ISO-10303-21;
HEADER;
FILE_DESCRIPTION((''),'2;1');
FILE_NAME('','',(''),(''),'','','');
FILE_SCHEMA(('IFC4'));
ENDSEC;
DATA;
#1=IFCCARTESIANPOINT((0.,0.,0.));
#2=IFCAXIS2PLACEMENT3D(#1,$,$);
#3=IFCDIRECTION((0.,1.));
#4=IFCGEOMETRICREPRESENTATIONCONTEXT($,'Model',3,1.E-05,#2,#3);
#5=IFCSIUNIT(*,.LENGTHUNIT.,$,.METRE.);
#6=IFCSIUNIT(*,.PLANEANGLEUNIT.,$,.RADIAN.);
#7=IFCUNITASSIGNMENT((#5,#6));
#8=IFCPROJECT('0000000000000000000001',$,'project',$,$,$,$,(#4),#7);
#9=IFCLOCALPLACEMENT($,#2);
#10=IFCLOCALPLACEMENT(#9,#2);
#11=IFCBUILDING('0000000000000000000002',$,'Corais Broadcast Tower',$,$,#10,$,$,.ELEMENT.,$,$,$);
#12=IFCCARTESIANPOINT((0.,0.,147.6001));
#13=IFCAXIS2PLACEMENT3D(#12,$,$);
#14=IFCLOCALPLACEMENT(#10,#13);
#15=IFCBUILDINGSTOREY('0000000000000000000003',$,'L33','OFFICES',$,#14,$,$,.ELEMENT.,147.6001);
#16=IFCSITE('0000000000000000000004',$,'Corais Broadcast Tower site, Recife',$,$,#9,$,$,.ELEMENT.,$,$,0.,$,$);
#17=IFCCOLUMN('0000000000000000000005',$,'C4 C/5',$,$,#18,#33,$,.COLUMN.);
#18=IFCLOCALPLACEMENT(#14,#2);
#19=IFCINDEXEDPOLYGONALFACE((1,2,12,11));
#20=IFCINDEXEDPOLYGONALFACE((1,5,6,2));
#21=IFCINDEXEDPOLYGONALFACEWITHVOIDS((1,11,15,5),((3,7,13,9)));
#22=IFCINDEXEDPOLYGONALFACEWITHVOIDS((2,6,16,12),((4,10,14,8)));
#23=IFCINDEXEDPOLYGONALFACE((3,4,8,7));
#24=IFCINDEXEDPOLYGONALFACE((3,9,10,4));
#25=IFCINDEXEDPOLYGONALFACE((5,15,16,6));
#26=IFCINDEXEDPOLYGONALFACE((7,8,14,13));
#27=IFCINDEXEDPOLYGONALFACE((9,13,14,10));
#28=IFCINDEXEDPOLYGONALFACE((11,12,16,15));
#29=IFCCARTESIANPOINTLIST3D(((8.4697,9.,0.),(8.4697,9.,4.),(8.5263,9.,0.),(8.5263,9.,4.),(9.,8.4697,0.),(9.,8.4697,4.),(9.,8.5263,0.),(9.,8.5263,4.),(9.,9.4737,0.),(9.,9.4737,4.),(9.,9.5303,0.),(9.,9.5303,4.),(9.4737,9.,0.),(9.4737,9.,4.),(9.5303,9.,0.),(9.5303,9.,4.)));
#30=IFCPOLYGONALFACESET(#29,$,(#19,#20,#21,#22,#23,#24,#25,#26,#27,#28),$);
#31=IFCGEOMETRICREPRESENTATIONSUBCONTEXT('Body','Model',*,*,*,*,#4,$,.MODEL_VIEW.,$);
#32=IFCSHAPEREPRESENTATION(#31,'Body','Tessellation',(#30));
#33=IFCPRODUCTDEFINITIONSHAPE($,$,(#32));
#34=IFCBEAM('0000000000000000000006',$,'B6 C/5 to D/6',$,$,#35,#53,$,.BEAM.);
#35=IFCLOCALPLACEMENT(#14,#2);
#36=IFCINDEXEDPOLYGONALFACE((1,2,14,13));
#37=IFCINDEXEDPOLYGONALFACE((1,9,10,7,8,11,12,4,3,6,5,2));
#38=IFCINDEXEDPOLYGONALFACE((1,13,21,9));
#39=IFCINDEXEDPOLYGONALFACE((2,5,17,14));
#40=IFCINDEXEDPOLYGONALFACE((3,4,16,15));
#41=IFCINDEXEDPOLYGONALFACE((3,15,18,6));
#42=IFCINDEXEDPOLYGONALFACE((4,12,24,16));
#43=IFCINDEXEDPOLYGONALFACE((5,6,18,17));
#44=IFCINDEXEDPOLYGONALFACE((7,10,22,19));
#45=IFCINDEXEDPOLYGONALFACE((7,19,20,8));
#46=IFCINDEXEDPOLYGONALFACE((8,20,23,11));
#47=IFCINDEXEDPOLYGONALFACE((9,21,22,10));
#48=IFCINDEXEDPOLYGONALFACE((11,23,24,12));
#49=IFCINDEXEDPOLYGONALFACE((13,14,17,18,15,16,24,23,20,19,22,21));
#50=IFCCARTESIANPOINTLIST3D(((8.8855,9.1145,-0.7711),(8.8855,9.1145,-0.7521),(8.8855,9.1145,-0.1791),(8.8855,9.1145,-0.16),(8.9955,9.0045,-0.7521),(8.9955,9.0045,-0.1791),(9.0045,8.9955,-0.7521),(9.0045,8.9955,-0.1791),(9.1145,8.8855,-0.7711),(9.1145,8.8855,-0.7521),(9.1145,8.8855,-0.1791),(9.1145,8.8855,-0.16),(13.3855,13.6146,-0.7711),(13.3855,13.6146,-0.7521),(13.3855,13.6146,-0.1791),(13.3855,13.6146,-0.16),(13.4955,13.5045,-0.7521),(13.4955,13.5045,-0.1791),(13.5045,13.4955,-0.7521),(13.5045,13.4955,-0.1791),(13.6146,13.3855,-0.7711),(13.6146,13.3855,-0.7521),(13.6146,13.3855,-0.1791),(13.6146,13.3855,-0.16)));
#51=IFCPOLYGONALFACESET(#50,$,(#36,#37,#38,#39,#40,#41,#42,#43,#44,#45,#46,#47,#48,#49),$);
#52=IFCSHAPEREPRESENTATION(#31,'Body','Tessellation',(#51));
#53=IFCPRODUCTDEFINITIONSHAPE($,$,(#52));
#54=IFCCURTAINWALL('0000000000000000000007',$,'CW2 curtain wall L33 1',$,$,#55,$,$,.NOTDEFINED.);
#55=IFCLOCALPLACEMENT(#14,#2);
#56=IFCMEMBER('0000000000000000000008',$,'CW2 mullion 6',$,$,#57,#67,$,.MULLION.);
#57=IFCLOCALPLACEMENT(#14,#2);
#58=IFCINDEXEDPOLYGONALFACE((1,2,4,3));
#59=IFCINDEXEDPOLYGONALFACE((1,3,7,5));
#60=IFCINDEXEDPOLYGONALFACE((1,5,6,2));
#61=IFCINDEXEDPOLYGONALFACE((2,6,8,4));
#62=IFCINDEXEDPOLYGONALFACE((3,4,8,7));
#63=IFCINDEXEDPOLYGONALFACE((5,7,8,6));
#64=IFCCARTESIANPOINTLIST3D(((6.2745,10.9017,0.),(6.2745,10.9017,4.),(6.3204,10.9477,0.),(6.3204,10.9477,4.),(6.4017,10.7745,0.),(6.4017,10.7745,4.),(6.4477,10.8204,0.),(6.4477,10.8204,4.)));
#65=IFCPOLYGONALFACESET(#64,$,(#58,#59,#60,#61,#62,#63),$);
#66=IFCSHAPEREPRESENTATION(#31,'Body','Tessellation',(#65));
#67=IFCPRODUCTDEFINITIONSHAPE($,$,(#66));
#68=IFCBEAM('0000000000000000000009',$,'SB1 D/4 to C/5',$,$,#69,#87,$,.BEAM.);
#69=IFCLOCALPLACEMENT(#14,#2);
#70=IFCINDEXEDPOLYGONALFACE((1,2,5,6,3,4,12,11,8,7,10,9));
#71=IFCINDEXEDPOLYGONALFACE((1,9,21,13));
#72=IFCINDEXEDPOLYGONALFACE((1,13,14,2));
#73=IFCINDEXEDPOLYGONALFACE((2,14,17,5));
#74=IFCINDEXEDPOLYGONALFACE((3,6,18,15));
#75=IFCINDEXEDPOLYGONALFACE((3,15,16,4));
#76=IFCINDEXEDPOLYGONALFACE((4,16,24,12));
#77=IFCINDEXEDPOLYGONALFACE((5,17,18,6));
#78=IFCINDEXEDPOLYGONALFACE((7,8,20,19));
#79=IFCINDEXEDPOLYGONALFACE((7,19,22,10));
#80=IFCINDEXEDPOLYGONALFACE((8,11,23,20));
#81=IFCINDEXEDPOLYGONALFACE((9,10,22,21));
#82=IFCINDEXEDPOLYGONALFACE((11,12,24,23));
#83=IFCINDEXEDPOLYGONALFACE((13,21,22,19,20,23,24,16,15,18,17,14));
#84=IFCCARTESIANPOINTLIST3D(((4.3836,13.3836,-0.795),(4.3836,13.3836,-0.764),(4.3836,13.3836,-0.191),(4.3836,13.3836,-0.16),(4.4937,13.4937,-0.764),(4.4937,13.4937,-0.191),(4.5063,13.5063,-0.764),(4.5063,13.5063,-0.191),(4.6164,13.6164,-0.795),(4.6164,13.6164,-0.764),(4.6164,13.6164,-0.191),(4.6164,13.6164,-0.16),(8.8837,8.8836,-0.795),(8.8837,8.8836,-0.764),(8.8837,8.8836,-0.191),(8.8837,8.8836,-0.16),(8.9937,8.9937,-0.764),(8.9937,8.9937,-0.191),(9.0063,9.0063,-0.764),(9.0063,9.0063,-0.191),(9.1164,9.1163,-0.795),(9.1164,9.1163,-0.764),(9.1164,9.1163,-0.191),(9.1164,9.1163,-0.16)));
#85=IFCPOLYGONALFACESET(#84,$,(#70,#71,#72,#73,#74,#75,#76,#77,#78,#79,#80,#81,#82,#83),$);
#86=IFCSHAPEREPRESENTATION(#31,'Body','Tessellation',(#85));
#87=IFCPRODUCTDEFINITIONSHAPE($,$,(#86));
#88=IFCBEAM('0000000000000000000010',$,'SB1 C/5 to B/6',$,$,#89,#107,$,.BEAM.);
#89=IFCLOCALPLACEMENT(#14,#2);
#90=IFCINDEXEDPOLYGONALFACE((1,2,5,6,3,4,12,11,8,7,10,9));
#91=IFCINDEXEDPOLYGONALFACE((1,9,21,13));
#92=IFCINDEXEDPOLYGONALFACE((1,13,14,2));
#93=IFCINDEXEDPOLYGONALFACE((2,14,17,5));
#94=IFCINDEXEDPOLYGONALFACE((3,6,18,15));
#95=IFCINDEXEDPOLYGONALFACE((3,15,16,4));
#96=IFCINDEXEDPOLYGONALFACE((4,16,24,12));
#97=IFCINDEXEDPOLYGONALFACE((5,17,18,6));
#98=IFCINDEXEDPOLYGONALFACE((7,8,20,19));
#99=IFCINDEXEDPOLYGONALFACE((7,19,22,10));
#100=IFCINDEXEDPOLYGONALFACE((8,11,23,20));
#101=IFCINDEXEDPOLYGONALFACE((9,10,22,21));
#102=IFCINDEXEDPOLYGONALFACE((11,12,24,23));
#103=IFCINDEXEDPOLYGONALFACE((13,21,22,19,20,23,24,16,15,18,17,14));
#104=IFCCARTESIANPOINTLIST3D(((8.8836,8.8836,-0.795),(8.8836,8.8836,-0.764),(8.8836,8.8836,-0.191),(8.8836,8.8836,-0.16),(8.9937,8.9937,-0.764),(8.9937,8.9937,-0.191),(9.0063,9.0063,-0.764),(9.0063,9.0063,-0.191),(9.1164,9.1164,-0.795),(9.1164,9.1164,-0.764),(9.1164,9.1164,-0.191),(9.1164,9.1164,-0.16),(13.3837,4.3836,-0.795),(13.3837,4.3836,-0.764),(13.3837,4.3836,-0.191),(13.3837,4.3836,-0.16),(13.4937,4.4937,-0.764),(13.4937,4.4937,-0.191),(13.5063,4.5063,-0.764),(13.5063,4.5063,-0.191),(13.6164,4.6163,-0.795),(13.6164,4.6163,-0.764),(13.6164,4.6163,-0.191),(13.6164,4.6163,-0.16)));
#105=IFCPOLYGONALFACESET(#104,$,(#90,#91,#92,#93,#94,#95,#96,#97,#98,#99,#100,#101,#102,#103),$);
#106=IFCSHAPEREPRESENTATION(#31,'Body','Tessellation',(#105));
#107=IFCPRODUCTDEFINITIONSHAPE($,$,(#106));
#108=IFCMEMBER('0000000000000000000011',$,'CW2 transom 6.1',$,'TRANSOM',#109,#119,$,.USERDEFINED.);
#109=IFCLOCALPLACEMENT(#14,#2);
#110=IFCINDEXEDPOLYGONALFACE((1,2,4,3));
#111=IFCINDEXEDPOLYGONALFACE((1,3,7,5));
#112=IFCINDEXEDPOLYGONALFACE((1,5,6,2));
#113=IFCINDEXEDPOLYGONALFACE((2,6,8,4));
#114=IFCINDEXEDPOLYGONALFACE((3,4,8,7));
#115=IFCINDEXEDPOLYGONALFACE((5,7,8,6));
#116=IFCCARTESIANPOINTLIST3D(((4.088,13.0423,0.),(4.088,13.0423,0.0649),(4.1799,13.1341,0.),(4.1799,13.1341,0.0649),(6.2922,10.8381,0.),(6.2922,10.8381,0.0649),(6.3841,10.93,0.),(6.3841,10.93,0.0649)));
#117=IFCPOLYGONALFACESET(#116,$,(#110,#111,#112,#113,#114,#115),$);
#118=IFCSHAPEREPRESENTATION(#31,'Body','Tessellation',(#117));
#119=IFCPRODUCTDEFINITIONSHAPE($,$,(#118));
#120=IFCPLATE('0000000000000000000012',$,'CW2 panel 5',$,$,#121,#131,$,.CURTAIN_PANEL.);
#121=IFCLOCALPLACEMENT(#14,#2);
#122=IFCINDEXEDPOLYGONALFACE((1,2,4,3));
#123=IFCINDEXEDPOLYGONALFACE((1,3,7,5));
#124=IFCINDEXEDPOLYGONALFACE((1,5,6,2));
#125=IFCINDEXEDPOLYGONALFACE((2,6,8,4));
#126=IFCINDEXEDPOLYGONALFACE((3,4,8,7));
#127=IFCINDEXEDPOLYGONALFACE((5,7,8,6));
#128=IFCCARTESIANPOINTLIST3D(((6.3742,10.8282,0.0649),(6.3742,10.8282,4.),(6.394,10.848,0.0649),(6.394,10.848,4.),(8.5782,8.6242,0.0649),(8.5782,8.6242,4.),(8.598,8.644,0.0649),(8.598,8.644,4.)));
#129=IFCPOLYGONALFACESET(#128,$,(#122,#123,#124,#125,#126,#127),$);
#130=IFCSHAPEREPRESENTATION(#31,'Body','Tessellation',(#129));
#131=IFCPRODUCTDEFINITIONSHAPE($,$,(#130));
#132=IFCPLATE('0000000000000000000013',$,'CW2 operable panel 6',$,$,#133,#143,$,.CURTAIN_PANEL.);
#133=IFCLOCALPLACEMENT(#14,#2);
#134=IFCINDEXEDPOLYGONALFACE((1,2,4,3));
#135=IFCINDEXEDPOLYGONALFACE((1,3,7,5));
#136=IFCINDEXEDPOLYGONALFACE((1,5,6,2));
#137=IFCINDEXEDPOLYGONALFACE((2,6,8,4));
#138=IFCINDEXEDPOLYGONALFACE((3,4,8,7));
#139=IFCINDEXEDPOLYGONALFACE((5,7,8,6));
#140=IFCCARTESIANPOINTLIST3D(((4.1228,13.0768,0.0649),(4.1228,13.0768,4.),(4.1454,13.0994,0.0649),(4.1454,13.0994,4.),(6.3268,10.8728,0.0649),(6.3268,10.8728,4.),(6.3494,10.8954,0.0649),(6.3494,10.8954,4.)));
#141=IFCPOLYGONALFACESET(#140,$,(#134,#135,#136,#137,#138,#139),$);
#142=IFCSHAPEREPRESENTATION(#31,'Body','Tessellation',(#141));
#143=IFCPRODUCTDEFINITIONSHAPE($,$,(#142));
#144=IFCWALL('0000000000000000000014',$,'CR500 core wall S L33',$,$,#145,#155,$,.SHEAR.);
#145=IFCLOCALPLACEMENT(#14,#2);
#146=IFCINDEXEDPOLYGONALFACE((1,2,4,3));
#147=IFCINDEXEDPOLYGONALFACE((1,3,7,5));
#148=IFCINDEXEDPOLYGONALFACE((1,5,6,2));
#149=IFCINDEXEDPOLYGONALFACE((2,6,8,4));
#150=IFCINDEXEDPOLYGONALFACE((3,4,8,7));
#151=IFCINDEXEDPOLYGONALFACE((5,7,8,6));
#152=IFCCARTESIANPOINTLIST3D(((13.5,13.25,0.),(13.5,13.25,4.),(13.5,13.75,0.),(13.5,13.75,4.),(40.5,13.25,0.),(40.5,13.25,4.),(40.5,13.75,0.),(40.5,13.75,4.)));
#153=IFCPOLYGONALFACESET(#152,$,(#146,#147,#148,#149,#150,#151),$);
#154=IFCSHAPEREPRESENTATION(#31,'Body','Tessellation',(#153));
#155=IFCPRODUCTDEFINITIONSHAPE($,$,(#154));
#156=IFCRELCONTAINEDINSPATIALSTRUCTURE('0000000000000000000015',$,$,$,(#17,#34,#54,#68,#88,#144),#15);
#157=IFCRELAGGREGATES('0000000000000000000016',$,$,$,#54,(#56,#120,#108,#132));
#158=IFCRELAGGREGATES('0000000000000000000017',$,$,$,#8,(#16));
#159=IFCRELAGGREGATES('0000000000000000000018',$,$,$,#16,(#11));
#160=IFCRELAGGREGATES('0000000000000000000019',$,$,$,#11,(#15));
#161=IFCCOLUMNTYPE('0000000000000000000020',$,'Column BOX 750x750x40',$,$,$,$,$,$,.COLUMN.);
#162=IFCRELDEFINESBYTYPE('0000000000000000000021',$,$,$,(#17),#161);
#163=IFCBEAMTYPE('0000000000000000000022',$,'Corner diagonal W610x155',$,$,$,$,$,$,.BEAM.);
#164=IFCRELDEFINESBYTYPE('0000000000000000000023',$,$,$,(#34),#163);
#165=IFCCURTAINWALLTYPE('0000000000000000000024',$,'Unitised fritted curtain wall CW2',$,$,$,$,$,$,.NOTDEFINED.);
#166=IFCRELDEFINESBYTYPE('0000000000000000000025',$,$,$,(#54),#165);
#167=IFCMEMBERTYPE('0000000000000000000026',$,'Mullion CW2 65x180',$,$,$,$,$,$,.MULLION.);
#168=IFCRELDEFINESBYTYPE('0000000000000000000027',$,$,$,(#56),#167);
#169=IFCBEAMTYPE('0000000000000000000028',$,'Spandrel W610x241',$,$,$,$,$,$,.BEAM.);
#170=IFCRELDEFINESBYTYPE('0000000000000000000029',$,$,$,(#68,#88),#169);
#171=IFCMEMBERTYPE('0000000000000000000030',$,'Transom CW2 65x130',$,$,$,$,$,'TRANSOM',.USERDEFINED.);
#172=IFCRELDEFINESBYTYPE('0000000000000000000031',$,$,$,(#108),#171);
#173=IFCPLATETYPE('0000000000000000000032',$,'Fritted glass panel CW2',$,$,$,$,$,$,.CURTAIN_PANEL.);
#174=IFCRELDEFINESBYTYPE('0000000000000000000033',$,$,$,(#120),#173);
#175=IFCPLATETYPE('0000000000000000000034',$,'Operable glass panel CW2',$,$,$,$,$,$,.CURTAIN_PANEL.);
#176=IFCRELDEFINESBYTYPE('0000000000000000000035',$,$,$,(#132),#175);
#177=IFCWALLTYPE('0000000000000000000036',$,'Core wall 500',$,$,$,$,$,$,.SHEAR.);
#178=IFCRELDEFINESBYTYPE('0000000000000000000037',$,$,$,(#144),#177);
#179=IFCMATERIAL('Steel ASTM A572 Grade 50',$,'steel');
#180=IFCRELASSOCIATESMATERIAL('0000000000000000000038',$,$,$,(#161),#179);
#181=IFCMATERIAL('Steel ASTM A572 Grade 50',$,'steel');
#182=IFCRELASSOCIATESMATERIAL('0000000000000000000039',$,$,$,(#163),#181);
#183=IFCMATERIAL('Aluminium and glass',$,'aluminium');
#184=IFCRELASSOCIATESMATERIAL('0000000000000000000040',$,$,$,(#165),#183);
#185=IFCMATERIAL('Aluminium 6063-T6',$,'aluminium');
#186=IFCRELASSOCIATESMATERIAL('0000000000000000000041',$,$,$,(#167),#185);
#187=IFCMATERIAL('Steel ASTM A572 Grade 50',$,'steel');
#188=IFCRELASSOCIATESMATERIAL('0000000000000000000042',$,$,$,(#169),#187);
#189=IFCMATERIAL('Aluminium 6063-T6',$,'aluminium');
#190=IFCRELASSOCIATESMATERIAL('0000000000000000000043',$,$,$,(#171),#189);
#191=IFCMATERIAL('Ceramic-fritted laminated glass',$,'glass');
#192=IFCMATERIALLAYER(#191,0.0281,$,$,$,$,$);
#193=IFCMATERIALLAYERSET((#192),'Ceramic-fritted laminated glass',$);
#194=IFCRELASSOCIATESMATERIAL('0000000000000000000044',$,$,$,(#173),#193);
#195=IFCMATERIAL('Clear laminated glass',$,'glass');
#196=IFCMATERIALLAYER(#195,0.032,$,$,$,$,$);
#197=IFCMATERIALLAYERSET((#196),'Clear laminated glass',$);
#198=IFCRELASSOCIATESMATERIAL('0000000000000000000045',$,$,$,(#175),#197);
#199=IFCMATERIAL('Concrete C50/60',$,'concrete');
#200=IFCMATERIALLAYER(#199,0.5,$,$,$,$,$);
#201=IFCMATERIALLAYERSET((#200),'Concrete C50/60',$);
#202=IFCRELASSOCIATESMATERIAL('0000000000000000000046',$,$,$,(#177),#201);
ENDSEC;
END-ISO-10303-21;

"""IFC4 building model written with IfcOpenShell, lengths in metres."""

from ifc_helpers import new_model, si_unit, direction, frame, frame_2d, origin, origin_2d, place, context, subcontext, project, spatial, rectangle, hollow_rectangle, i_section, extrude, material, layer, layer_set, material_profile, profile_set, type_object, element, aggregate, save


model = new_model("IFC4")

# Units and contexts
model_context = context("Model", 3, precision=1e-05, world=origin(), true_north=direction((0.0, 1.0)))
body_context = subcontext(model_context, "Body", "Model", "MODEL_VIEW")
ifc_project = project(units=[si_unit("LENGTHUNIT", "METRE"), si_unit("PLANEANGLEUNIT", "RADIAN")], contexts=[model_context])

# Site, building, storey
site_placement = place(None, origin())
site = spatial("IfcSite", under=ifc_project, at=site_placement, Name="Corais Broadcast Tower site, Recife", CompositionType="ELEMENT", RefElevation=0.0)
building_placement = place(site_placement, origin())
building = spatial("IfcBuilding", under=site, at=building_placement, Name="Corais Broadcast Tower", CompositionType="ELEMENT")
storey_placement = place(building_placement, frame((0.0, 0.0, 147.6001)))
storey = spatial("IfcBuildingStorey", under=building, at=storey_placement, Name="L33", Description="OFFICES", CompositionType="ELEMENT", Elevation=147.6001)

# Column
ifc_material_1 = material(Name="Steel ASTM A572 Grade 50", Category="steel")
ifc_material_profile_1 = material_profile(ifc_material_1, hollow_rectangle(XDim=0.75, YDim=0.75, WallThickness=0.04, at=origin_2d()), Name="BOX 750x750x40")
ifc_profile_set_1 = profile_set([ifc_material_profile_1], Name="Steel ASTM A572 Grade 50")
column_type = type_object("IfcColumnType", Name="Column BOX 750x750x40", PredefinedType="COLUMN", material=ifc_profile_set_1)
column_placement = place(storey_placement, frame((9.0, 9.0, 0.0), z_axis=(0.0, 0.0, 1.0), x_axis=(0.707107, 0.707107, 0.0)))
element("IfcColumn", 1, at=column_placement, inside=storey, type_object=column_type, Name="C4 C/5", PredefinedType="COLUMN", context=body_context, shape_type="SweptSolid", body=[
    extrude(hollow_rectangle(XDim=0.75, YDim=0.75, WallThickness=0.04, at=origin_2d()), origin(), (0.0, 0.0, 1.0), 4.0),
])

# Beam
ifc_material_2 = material(Name="Steel ASTM A572 Grade 50", Category="steel")
ifc_material_profile_2 = material_profile(ifc_material_2, i_section(OverallWidth=0.324, OverallDepth=0.6111, WebThickness=0.0127, FlangeThickness=0.019, at=origin_2d()), Name="W610x155")
ifc_profile_set_2 = profile_set([ifc_material_profile_2], Name="Steel ASTM A572 Grade 50")
beam_type_1 = type_object("IfcBeamType", Name="Corner diagonal W610x155", PredefinedType="BEAM", material=ifc_profile_set_2)
beam_placement = place(storey_placement, frame((9.0, 9.0, -0.4656), z_axis=(0.707107, 0.707107, 0.0), x_axis=(-0.707107, 0.707107, 0.0)))
element("IfcBeam", 2, at=beam_placement, inside=storey, type_object=beam_type_1, Name="B6 C/5 to D/6", PredefinedType="BEAM", context=body_context, shape_type="SweptSolid", body=[
    extrude(i_section(OverallWidth=0.324, OverallDepth=0.6111, WebThickness=0.0127, FlangeThickness=0.019, at=origin_2d()), origin(), (0.0, 0.0, 1.0), 6.364),
])

# Curtain wall, member
ifc_material_3 = material(Name="Aluminium and glass", Category="aluminium")
curtain_wall_type = type_object("IfcCurtainWallType", Name="Unitised fritted curtain wall CW2", PredefinedType="NOTDEFINED", material=ifc_material_3)
curtain_wall_placement = place(storey_placement, origin())
curtain_wall = element("IfcCurtainWall", 3, at=curtain_wall_placement, inside=storey, type_object=curtain_wall_type, Name="CW2 curtain wall L33 1", PredefinedType="NOTDEFINED")
ifc_material_4 = material(Name="Aluminium 6063-T6", Category="aluminium")
ifc_material_profile_3 = material_profile(ifc_material_4, rectangle(XDim=0.0649, YDim=0.1799, at=origin_2d()), Name="Mullion CW2 65x180")
ifc_profile_set_3 = profile_set([ifc_material_profile_3], Name="Aluminium 6063-T6")
member_type_1 = type_object("IfcMemberType", Name="Mullion CW2 65x180", PredefinedType="MULLION", material=ifc_profile_set_3)
member_1_placement = place(storey_placement, frame((6.3611, 10.8611, 0.0), z_axis=(0.0, 0.0, 1.0), x_axis=(-0.707107, -0.707107, 0.0)))
member_1 = element("IfcMember", 4, at=member_1_placement, type_object=member_type_1, Name="CW2 mullion 6", PredefinedType="MULLION", context=body_context, shape_type="SweptSolid", body=[
    extrude(rectangle(XDim=0.0649, YDim=0.1799, at=origin_2d()), origin(), (0.0, 0.0, 1.0), 4.0),
])

# Beams
ifc_material_5 = material(Name="Steel ASTM A572 Grade 50", Category="steel")
ifc_material_profile_4 = material_profile(ifc_material_5, i_section(OverallWidth=0.3291, OverallDepth=0.635, WebThickness=0.0178, FlangeThickness=0.031, at=origin_2d()), Name="W610x241")
ifc_profile_set_4 = profile_set([ifc_material_profile_4], Name="Steel ASTM A572 Grade 50")
beam_type_2 = type_object("IfcBeamType", Name="Spandrel W610x241", PredefinedType="BEAM", material=ifc_profile_set_4)
for number, where, z_axis, x_axis, name in (
    (5, (4.5, 13.5, -0.4775), (0.707107, -0.707107, 0.0), (0.707107, 0.707107, 0.0), "SB1 D/4 to C/5"),
    (6, (9.0, 9.0, -0.4775), (0.707107, -0.707107, 0.0), (0.707107, 0.707107, 0.0), "SB1 C/5 to B/6"),
):
    element("IfcBeam", number, at=place(storey_placement, frame(where, z_axis=z_axis, x_axis=x_axis)), inside=storey, type_object=beam_type_2, Name=name, PredefinedType="BEAM", context=body_context, shape_type="SweptSolid", body=[
        extrude(i_section(OverallWidth=0.3291, OverallDepth=0.635, WebThickness=0.0178, FlangeThickness=0.031, at=origin_2d()), origin(), (0.0, 0.0, 1.0), 6.364),
    ])

# Member
ifc_material_6 = material(Name="Aluminium 6063-T6", Category="aluminium")
ifc_material_profile_5 = material_profile(ifc_material_6, rectangle(XDim=0.1299, YDim=0.0649, at=origin_2d()), Name="Transom CW2 65x130")
ifc_profile_set_5 = profile_set([ifc_material_profile_5], Name="Aluminium 6063-T6")
member_type_2 = type_object("IfcMemberType", Name="Transom CW2 65x130", ElementType="TRANSOM", PredefinedType="USERDEFINED", material=ifc_profile_set_5)
member_2_placement = place(storey_placement, frame((6.3381, 10.884, 0.0325), z_axis=(-0.707107, 0.707107, 0.0), x_axis=(-0.707107, -0.707107, 0.0)))
member_2 = element("IfcMember", 7, at=member_2_placement, type_object=member_type_2, Name="CW2 transom 6.1", ObjectType="TRANSOM", PredefinedType="USERDEFINED", context=body_context, shape_type="SweptSolid", body=[
    extrude(rectangle(XDim=0.1299, YDim=0.0649, at=origin_2d()), origin(), (0.0, 0.0, 1.0), 3.1172),
])

# Plates
ifc_material_7 = material(Name="Ceramic-fritted laminated glass", Category="glass")
ifc_layer_1 = layer(ifc_material_7, 0.0281)
ifc_layer_set_1 = layer_set([ifc_layer_1], Name="Ceramic-fritted laminated glass")
plate_type_1 = type_object("IfcPlateType", Name="Fritted glass panel CW2", PredefinedType="CURTAIN_PANEL", material=ifc_layer_set_1)
plate_1_placement = place(storey_placement, frame((7.4861, 9.7361, 0.0649), z_axis=(0.0, 0.0, 1.0), x_axis=(-0.707107, 0.707107, 0.0)))
plate_1 = element("IfcPlate", 8, at=plate_1_placement, type_object=plate_type_1, Name="CW2 panel 5", PredefinedType="CURTAIN_PANEL", context=body_context, shape_type="SweptSolid", body=[
    extrude(rectangle(XDim=3.1169, YDim=0.0281, at=origin_2d()), origin(), (0.0, 0.0, 1.0), 3.9351),
])
ifc_material_8 = material(Name="Clear laminated glass", Category="glass")
ifc_layer_2 = layer(ifc_material_8, 0.032)
ifc_layer_set_2 = layer_set([ifc_layer_2], Name="Clear laminated glass")
plate_type_2 = type_object("IfcPlateType", Name="Operable glass panel CW2", PredefinedType="CURTAIN_PANEL", material=ifc_layer_set_2)
plate_2_placement = place(storey_placement, frame((5.2361, 11.9861, 0.0649), z_axis=(0.0, 0.0, 1.0), x_axis=(-0.707107, 0.707107, 0.0)))
plate_2 = element("IfcPlate", 9, at=plate_2_placement, type_object=plate_type_2, Name="CW2 operable panel 6", PredefinedType="CURTAIN_PANEL", context=body_context, shape_type="SweptSolid", body=[
    extrude(rectangle(XDim=3.1169, YDim=0.032, at=origin_2d()), origin(), (0.0, 0.0, 1.0), 3.9351),
])
aggregate(curtain_wall, [member_1, plate_1, member_2, plate_2])

# Wall
ifc_material_9 = material(Name="Concrete C50/60", Category="concrete")
ifc_layer_3 = layer(ifc_material_9, 0.5)
ifc_layer_set_3 = layer_set([ifc_layer_3], Name="Concrete C50/60")
wall_type_1 = type_object("IfcWallType", Name="Core wall 500", PredefinedType="SHEAR", material=ifc_layer_set_3)
wall_1_placement = place(storey_placement, frame((13.5, 13.5, 0.0), z_axis=(0.0, 0.0, 1.0), x_axis=(1.0, 0.0, 0.0)))
element("IfcWall", 10, at=wall_1_placement, inside=storey, type_object=wall_type_1, Name="CR500 core wall S L33", PredefinedType="SHEAR", context=body_context, shape_type="SweptSolid", body=[
    extrude(rectangle(XDim=27.0, YDim=0.5, at=frame_2d((13.5, 0.0))), origin(), (0.0, 0.0, 1.0), 4.0),
])

save(model, "model.ifc")
